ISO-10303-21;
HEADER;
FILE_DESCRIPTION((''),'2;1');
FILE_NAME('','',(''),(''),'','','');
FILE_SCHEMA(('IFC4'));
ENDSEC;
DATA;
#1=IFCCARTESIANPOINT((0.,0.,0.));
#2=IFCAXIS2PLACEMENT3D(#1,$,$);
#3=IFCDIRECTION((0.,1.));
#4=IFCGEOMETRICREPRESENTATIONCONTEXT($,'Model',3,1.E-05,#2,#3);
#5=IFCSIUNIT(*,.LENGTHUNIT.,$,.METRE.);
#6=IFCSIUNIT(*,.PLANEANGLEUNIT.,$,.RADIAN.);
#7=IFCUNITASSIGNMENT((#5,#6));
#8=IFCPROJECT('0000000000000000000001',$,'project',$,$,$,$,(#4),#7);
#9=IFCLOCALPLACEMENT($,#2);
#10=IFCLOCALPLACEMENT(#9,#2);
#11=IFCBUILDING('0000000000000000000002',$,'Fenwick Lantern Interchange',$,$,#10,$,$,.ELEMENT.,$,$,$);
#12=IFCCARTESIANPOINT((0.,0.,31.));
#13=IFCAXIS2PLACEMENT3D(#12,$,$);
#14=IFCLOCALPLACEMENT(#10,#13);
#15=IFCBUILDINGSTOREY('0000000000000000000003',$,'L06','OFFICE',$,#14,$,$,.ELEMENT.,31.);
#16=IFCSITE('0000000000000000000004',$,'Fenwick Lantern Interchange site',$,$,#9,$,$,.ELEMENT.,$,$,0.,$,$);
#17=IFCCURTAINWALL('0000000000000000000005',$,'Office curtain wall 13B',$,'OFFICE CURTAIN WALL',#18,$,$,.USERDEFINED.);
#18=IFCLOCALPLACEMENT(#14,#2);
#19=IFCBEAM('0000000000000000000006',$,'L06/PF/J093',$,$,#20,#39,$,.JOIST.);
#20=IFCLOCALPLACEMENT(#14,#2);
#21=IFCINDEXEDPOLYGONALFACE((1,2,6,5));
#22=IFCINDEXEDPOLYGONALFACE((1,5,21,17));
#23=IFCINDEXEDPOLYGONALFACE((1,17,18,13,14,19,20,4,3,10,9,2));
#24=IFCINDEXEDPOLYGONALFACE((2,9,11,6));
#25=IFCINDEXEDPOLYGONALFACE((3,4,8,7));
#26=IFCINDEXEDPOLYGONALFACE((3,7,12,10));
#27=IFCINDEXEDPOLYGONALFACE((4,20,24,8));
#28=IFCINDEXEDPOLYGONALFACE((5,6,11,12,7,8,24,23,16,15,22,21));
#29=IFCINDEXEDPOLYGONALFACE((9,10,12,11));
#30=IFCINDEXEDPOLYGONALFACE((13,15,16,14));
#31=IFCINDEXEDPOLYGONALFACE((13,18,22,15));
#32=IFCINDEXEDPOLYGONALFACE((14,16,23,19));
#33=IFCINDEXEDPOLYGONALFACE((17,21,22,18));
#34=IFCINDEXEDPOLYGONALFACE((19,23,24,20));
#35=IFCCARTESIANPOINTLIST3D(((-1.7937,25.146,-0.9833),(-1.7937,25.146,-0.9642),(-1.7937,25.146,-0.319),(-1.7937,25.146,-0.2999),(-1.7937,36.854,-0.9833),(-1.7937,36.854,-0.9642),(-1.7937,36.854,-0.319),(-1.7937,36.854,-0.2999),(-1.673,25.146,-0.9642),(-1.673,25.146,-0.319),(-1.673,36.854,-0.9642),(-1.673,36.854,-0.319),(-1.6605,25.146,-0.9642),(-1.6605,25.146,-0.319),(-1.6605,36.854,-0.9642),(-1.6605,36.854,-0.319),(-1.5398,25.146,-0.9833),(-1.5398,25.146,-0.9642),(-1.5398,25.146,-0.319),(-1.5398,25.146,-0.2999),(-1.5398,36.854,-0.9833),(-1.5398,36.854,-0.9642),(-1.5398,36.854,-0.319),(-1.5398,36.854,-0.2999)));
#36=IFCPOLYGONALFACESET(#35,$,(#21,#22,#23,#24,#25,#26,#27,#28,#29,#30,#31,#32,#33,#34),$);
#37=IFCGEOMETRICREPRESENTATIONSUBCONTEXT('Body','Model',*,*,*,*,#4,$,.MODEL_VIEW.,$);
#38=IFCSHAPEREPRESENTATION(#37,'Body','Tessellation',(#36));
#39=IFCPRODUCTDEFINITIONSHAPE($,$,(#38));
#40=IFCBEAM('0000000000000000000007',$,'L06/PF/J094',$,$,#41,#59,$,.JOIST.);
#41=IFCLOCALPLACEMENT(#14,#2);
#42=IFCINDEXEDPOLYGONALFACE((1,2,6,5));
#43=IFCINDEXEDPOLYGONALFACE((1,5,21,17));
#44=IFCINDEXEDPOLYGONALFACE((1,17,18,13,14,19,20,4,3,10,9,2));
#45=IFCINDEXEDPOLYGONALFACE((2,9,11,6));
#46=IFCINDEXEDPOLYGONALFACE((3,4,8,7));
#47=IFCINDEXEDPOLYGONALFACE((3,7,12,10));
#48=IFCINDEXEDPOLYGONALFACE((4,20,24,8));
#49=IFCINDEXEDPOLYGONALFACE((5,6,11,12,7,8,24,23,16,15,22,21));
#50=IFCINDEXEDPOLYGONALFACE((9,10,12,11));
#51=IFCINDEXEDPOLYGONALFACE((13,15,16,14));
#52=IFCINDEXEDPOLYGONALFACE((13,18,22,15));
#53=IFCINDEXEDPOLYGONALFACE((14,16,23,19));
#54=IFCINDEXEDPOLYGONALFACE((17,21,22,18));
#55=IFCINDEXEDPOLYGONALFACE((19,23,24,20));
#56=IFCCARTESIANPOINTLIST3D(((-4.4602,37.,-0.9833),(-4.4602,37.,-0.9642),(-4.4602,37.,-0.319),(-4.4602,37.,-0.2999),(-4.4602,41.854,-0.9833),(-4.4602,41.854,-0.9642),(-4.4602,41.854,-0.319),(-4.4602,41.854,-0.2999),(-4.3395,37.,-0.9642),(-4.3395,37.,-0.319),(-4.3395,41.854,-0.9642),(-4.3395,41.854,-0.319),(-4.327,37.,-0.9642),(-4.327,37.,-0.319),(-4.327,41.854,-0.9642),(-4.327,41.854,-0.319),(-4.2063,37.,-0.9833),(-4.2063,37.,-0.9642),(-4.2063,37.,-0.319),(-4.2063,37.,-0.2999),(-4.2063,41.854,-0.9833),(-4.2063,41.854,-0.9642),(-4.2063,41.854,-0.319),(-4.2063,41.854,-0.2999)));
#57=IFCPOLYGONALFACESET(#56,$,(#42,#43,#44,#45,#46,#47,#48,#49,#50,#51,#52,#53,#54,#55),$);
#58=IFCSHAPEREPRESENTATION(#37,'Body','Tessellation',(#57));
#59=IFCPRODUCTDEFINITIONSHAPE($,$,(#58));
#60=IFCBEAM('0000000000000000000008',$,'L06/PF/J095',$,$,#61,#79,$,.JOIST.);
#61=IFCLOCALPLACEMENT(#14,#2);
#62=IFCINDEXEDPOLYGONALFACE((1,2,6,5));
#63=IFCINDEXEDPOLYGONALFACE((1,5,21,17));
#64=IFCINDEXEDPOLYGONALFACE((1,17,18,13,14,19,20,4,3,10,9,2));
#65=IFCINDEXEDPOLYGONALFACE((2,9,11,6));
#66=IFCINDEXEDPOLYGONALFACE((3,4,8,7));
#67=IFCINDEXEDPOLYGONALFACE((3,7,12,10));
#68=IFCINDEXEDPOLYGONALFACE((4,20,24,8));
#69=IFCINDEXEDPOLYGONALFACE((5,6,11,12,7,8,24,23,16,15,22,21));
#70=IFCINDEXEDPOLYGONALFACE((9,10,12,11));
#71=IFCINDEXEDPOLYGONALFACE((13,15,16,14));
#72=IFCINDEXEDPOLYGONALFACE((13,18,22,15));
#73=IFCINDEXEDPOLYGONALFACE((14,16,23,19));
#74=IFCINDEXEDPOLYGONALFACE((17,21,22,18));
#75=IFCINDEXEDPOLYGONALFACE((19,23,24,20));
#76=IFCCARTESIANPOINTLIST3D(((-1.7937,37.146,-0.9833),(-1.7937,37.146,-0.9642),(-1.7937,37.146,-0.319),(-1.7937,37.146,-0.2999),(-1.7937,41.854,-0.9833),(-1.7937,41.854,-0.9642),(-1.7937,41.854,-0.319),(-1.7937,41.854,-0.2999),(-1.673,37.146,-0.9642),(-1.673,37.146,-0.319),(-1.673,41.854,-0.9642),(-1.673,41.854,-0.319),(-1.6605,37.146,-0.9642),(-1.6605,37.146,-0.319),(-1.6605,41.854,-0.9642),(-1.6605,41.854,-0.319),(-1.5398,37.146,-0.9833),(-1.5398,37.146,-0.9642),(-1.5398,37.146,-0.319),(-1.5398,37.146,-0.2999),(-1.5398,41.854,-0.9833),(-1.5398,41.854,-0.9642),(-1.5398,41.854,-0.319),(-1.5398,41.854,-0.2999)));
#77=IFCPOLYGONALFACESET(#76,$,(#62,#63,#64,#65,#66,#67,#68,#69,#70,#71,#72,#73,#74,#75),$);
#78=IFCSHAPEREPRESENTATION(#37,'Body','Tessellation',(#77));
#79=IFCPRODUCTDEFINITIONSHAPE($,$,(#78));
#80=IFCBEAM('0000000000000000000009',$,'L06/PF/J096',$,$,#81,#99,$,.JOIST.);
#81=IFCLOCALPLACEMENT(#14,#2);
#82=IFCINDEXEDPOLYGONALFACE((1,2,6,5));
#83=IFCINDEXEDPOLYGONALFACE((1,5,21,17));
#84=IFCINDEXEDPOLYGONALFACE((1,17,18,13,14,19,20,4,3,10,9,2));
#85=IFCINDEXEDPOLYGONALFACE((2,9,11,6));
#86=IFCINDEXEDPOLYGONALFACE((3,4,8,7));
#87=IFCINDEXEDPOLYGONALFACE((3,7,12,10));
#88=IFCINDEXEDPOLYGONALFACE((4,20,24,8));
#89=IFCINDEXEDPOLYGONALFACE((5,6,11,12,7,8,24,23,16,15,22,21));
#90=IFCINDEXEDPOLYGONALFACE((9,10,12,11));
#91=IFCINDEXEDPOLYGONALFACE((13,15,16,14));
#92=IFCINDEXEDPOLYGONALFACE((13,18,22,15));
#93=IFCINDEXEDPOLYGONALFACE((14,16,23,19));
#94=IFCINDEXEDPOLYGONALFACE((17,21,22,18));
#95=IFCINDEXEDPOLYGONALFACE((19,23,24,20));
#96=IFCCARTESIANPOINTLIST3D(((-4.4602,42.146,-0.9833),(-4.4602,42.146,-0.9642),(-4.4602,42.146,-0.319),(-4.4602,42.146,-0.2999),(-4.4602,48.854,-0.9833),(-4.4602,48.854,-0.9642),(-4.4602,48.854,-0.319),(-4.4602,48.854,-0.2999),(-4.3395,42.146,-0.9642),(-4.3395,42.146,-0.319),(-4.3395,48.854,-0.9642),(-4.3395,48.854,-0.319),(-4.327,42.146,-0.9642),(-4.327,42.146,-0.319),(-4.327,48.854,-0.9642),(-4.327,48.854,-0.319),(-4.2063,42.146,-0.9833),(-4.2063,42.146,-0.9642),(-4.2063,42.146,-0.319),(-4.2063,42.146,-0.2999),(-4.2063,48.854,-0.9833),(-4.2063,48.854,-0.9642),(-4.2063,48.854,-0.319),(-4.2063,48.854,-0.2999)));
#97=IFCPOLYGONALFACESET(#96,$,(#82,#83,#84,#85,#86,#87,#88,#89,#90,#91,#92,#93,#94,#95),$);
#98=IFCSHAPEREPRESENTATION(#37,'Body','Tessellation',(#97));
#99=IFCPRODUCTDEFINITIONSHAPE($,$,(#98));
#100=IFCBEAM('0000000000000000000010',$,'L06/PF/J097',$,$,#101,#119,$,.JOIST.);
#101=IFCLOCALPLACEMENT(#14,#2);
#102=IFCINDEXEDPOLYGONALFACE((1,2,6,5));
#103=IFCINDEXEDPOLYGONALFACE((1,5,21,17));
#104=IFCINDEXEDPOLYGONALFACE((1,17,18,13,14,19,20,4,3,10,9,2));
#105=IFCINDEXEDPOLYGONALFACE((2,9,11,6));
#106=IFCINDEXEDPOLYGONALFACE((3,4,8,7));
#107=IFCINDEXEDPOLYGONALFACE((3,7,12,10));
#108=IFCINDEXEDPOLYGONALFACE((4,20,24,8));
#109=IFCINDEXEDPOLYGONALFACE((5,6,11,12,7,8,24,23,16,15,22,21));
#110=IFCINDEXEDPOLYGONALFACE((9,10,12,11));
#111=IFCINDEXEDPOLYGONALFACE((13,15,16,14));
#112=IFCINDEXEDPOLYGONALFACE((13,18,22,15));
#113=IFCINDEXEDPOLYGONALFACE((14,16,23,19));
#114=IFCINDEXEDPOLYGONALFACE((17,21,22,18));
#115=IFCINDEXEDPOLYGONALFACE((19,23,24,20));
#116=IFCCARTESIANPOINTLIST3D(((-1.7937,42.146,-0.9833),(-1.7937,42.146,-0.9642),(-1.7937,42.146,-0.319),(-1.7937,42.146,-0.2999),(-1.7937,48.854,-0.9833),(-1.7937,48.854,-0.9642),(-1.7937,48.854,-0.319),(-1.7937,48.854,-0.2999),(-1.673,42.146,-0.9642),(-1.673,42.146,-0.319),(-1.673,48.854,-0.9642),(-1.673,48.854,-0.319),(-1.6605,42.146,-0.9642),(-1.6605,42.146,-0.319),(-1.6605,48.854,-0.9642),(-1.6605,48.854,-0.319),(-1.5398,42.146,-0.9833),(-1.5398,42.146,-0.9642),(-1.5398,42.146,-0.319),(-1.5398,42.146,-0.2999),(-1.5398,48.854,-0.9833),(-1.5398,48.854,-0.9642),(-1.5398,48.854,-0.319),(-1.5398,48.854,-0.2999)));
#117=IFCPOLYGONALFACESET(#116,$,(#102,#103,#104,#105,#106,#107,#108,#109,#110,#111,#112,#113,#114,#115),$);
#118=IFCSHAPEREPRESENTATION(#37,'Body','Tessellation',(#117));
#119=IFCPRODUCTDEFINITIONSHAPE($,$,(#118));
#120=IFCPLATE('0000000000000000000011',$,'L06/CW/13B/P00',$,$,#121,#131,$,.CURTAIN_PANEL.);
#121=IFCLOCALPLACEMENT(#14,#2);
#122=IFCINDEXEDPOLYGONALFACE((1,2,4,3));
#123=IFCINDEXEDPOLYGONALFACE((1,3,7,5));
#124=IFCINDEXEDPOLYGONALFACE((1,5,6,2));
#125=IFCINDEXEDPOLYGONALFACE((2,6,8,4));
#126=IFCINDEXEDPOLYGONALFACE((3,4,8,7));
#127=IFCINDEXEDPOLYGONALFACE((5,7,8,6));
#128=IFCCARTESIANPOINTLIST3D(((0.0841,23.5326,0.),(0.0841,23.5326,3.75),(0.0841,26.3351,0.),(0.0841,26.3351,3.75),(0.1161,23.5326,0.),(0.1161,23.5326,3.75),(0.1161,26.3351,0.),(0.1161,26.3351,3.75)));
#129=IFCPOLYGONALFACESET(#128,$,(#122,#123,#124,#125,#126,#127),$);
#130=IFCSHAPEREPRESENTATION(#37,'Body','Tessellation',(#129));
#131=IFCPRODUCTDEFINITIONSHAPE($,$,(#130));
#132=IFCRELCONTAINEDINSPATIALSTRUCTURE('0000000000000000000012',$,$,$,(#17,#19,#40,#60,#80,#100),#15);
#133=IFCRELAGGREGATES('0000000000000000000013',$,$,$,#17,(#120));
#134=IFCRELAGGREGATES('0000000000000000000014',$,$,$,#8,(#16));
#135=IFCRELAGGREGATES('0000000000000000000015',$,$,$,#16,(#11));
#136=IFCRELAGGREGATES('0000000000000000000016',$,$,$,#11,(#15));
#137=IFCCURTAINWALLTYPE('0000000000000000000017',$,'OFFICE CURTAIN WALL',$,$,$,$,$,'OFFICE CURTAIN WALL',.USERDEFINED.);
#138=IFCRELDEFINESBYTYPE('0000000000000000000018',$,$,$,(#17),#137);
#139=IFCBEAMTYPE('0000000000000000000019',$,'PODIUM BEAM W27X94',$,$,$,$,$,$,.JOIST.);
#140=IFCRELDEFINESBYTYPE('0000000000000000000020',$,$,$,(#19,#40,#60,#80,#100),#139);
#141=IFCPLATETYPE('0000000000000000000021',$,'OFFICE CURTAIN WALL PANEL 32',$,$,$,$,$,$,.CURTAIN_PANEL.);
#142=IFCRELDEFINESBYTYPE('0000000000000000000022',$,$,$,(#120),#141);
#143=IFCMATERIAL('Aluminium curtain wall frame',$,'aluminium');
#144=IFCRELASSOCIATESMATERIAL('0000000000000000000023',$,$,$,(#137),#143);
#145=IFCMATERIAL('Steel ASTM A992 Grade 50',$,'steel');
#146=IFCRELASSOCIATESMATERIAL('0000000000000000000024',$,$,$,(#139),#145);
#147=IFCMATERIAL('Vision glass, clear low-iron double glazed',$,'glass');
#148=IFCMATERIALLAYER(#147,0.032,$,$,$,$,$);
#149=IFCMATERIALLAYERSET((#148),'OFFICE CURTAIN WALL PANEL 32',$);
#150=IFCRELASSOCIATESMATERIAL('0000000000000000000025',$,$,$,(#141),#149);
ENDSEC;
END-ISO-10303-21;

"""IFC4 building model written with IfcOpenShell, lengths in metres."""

from ifc_helpers import new_model, si_unit, direction, frame, origin, origin_2d, place, context, subcontext, project, spatial, rectangle, i_section, extrude, material, layer, layer_set, material_profile, profile_set, type_object, element, aggregate, save


model = new_model("IFC4")

# Units and contexts
model_context = context("Model", 3, precision=1e-05, world=origin(), true_north=direction((0.0, 1.0)))
body_context = subcontext(model_context, "Body", "Model", "MODEL_VIEW")
ifc_project = project(units=[si_unit("LENGTHUNIT", "METRE"), si_unit("PLANEANGLEUNIT", "RADIAN")], contexts=[model_context])

# Site, building, storey
site_placement = place(None, origin())
site = spatial("IfcSite", under=ifc_project, at=site_placement, Name="Fenwick Lantern Interchange site", CompositionType="ELEMENT", RefElevation=0.0)
building_placement = place(site_placement, origin())
building = spatial("IfcBuilding", under=site, at=building_placement, Name="Fenwick Lantern Interchange", CompositionType="ELEMENT")
storey_placement = place(building_placement, frame((0.0, 0.0, 31.0)))
storey = spatial("IfcBuildingStorey", under=building, at=storey_placement, Name="L06", Description="OFFICE", CompositionType="ELEMENT", Elevation=31.0)

# Shared definitions
ifc_material_1 = material(Name="Steel ASTM A992 Grade 50", Category="steel")

# Shared definitions
ifc_material_2 = material(Name="Aluminium curtain wall frame", Category="aluminium")
curtain_wall_type = type_object("IfcCurtainWallType", Name="OFFICE CURTAIN WALL", ElementType="OFFICE CURTAIN WALL", PredefinedType="USERDEFINED", material=ifc_material_2)

# Curtain wall
curtain_wall_1_placement = place(storey_placement, origin())
curtain_wall_1 = element("IfcCurtainWall", 1, at=curtain_wall_1_placement, inside=storey, type_object=curtain_wall_type, Name="Office curtain wall 13B", ObjectType="OFFICE CURTAIN WALL", PredefinedType="USERDEFINED")

# Beams
ifc_material_profile_1 = material_profile(ifc_material_1, i_section(OverallWidth=0.2539, OverallDepth=0.6833, WebThickness=0.0125, FlangeThickness=0.019, at=origin_2d()), Name="W27X94")
ifc_profile_set_1 = profile_set([ifc_material_profile_1], Name="Steel ASTM A992 Grade 50")
beam_type_1 = type_object("IfcBeamType", Name="PODIUM BEAM W27X94", PredefinedType="JOIST", material=ifc_profile_set_1)
beam_1_placement = place(storey_placement, frame((-1.6667, 25.146, -0.6416), z_axis=(0.0, 1.0, 0.0), x_axis=(-1.0, 0.0, 0.0)))
element("IfcBeam", 2, at=beam_1_placement, inside=storey, type_object=beam_type_1, Name="L06/PF/J093", PredefinedType="JOIST", context=body_context, shape_type="SweptSolid", body=[
    extrude(i_section(OverallWidth=0.2539, OverallDepth=0.6833, WebThickness=0.0125, FlangeThickness=0.019, at=origin_2d()), origin(), (0.0, 0.0, 1.0), 11.708),
])
beam_2_placement = place(storey_placement, frame((-4.3333, 37.0, -0.6416), z_axis=(0.0, 1.0, 0.0), x_axis=(-1.0, 0.0, 0.0)))
element("IfcBeam", 3, at=beam_2_placement, inside=storey, type_object=beam_type_1, Name="L06/PF/J094", PredefinedType="JOIST", context=body_context, shape_type="SweptSolid", body=[
    extrude(i_section(OverallWidth=0.2539, OverallDepth=0.6833, WebThickness=0.0125, FlangeThickness=0.019, at=origin_2d()), origin(), (0.0, 0.0, 1.0), 4.854),
])
beam_3_placement = place(storey_placement, frame((-1.6667, 37.146, -0.6416), z_axis=(0.0, 1.0, 0.0), x_axis=(-1.0, 0.0, 0.0)))
element("IfcBeam", 4, at=beam_3_placement, inside=storey, type_object=beam_type_1, Name="L06/PF/J095", PredefinedType="JOIST", context=body_context, shape_type="SweptSolid", body=[
    extrude(i_section(OverallWidth=0.2539, OverallDepth=0.6833, WebThickness=0.0125, FlangeThickness=0.019, at=origin_2d()), origin(), (0.0, 0.0, 1.0), 4.708),
])
for number, where, z_axis, x_axis, name in (
    (5, (-4.3333, 42.146, -0.6416), (0.0, 1.0, 0.0), (-1.0, 0.0, 0.0), "L06/PF/J096"),
    (6, (-1.6667, 42.146, -0.6416), (0.0, 1.0, 0.0), (-1.0, 0.0, 0.0), "L06/PF/J097"),
):
    element("IfcBeam", number, at=place(storey_placement, frame(where, z_axis=z_axis, x_axis=x_axis)), inside=storey, type_object=beam_type_1, Name=name, PredefinedType="JOIST", context=body_context, shape_type="SweptSolid", body=[
        extrude(i_section(OverallWidth=0.2539, OverallDepth=0.6833, WebThickness=0.0125, FlangeThickness=0.019, at=origin_2d()), origin(), (0.0, 0.0, 1.0), 6.708),
    ])

# Plate
ifc_material_3 = material(Name="Vision glass, clear low-iron double glazed", Category="glass")
ifc_layer_1 = layer(ifc_material_3, 0.032)
ifc_layer_set_1 = layer_set([ifc_layer_1], Name="OFFICE CURTAIN WALL PANEL 32")
plate_type = type_object("IfcPlateType", Name="OFFICE CURTAIN WALL PANEL 32", PredefinedType="CURTAIN_PANEL", material=ifc_layer_set_1)
plate_1_placement = place(storey_placement, frame((0.1001, 24.9338, 0.0), z_axis=(0.0, 0.0, 1.0), x_axis=(0.0, -1.0, 0.0)))
plate_1 = element("IfcPlate", 7, at=plate_1_placement, type_object=plate_type, Name="L06/CW/13B/P00", PredefinedType="CURTAIN_PANEL", context=body_context, shape_type="SweptSolid", body=[
    extrude(rectangle(XDim=2.8025, YDim=0.032, at=origin_2d()), origin(), (0.0, 0.0, 1.0), 3.75),
])
aggregate(curtain_wall_1, [plate_1])

save(model, "model.ifc")
